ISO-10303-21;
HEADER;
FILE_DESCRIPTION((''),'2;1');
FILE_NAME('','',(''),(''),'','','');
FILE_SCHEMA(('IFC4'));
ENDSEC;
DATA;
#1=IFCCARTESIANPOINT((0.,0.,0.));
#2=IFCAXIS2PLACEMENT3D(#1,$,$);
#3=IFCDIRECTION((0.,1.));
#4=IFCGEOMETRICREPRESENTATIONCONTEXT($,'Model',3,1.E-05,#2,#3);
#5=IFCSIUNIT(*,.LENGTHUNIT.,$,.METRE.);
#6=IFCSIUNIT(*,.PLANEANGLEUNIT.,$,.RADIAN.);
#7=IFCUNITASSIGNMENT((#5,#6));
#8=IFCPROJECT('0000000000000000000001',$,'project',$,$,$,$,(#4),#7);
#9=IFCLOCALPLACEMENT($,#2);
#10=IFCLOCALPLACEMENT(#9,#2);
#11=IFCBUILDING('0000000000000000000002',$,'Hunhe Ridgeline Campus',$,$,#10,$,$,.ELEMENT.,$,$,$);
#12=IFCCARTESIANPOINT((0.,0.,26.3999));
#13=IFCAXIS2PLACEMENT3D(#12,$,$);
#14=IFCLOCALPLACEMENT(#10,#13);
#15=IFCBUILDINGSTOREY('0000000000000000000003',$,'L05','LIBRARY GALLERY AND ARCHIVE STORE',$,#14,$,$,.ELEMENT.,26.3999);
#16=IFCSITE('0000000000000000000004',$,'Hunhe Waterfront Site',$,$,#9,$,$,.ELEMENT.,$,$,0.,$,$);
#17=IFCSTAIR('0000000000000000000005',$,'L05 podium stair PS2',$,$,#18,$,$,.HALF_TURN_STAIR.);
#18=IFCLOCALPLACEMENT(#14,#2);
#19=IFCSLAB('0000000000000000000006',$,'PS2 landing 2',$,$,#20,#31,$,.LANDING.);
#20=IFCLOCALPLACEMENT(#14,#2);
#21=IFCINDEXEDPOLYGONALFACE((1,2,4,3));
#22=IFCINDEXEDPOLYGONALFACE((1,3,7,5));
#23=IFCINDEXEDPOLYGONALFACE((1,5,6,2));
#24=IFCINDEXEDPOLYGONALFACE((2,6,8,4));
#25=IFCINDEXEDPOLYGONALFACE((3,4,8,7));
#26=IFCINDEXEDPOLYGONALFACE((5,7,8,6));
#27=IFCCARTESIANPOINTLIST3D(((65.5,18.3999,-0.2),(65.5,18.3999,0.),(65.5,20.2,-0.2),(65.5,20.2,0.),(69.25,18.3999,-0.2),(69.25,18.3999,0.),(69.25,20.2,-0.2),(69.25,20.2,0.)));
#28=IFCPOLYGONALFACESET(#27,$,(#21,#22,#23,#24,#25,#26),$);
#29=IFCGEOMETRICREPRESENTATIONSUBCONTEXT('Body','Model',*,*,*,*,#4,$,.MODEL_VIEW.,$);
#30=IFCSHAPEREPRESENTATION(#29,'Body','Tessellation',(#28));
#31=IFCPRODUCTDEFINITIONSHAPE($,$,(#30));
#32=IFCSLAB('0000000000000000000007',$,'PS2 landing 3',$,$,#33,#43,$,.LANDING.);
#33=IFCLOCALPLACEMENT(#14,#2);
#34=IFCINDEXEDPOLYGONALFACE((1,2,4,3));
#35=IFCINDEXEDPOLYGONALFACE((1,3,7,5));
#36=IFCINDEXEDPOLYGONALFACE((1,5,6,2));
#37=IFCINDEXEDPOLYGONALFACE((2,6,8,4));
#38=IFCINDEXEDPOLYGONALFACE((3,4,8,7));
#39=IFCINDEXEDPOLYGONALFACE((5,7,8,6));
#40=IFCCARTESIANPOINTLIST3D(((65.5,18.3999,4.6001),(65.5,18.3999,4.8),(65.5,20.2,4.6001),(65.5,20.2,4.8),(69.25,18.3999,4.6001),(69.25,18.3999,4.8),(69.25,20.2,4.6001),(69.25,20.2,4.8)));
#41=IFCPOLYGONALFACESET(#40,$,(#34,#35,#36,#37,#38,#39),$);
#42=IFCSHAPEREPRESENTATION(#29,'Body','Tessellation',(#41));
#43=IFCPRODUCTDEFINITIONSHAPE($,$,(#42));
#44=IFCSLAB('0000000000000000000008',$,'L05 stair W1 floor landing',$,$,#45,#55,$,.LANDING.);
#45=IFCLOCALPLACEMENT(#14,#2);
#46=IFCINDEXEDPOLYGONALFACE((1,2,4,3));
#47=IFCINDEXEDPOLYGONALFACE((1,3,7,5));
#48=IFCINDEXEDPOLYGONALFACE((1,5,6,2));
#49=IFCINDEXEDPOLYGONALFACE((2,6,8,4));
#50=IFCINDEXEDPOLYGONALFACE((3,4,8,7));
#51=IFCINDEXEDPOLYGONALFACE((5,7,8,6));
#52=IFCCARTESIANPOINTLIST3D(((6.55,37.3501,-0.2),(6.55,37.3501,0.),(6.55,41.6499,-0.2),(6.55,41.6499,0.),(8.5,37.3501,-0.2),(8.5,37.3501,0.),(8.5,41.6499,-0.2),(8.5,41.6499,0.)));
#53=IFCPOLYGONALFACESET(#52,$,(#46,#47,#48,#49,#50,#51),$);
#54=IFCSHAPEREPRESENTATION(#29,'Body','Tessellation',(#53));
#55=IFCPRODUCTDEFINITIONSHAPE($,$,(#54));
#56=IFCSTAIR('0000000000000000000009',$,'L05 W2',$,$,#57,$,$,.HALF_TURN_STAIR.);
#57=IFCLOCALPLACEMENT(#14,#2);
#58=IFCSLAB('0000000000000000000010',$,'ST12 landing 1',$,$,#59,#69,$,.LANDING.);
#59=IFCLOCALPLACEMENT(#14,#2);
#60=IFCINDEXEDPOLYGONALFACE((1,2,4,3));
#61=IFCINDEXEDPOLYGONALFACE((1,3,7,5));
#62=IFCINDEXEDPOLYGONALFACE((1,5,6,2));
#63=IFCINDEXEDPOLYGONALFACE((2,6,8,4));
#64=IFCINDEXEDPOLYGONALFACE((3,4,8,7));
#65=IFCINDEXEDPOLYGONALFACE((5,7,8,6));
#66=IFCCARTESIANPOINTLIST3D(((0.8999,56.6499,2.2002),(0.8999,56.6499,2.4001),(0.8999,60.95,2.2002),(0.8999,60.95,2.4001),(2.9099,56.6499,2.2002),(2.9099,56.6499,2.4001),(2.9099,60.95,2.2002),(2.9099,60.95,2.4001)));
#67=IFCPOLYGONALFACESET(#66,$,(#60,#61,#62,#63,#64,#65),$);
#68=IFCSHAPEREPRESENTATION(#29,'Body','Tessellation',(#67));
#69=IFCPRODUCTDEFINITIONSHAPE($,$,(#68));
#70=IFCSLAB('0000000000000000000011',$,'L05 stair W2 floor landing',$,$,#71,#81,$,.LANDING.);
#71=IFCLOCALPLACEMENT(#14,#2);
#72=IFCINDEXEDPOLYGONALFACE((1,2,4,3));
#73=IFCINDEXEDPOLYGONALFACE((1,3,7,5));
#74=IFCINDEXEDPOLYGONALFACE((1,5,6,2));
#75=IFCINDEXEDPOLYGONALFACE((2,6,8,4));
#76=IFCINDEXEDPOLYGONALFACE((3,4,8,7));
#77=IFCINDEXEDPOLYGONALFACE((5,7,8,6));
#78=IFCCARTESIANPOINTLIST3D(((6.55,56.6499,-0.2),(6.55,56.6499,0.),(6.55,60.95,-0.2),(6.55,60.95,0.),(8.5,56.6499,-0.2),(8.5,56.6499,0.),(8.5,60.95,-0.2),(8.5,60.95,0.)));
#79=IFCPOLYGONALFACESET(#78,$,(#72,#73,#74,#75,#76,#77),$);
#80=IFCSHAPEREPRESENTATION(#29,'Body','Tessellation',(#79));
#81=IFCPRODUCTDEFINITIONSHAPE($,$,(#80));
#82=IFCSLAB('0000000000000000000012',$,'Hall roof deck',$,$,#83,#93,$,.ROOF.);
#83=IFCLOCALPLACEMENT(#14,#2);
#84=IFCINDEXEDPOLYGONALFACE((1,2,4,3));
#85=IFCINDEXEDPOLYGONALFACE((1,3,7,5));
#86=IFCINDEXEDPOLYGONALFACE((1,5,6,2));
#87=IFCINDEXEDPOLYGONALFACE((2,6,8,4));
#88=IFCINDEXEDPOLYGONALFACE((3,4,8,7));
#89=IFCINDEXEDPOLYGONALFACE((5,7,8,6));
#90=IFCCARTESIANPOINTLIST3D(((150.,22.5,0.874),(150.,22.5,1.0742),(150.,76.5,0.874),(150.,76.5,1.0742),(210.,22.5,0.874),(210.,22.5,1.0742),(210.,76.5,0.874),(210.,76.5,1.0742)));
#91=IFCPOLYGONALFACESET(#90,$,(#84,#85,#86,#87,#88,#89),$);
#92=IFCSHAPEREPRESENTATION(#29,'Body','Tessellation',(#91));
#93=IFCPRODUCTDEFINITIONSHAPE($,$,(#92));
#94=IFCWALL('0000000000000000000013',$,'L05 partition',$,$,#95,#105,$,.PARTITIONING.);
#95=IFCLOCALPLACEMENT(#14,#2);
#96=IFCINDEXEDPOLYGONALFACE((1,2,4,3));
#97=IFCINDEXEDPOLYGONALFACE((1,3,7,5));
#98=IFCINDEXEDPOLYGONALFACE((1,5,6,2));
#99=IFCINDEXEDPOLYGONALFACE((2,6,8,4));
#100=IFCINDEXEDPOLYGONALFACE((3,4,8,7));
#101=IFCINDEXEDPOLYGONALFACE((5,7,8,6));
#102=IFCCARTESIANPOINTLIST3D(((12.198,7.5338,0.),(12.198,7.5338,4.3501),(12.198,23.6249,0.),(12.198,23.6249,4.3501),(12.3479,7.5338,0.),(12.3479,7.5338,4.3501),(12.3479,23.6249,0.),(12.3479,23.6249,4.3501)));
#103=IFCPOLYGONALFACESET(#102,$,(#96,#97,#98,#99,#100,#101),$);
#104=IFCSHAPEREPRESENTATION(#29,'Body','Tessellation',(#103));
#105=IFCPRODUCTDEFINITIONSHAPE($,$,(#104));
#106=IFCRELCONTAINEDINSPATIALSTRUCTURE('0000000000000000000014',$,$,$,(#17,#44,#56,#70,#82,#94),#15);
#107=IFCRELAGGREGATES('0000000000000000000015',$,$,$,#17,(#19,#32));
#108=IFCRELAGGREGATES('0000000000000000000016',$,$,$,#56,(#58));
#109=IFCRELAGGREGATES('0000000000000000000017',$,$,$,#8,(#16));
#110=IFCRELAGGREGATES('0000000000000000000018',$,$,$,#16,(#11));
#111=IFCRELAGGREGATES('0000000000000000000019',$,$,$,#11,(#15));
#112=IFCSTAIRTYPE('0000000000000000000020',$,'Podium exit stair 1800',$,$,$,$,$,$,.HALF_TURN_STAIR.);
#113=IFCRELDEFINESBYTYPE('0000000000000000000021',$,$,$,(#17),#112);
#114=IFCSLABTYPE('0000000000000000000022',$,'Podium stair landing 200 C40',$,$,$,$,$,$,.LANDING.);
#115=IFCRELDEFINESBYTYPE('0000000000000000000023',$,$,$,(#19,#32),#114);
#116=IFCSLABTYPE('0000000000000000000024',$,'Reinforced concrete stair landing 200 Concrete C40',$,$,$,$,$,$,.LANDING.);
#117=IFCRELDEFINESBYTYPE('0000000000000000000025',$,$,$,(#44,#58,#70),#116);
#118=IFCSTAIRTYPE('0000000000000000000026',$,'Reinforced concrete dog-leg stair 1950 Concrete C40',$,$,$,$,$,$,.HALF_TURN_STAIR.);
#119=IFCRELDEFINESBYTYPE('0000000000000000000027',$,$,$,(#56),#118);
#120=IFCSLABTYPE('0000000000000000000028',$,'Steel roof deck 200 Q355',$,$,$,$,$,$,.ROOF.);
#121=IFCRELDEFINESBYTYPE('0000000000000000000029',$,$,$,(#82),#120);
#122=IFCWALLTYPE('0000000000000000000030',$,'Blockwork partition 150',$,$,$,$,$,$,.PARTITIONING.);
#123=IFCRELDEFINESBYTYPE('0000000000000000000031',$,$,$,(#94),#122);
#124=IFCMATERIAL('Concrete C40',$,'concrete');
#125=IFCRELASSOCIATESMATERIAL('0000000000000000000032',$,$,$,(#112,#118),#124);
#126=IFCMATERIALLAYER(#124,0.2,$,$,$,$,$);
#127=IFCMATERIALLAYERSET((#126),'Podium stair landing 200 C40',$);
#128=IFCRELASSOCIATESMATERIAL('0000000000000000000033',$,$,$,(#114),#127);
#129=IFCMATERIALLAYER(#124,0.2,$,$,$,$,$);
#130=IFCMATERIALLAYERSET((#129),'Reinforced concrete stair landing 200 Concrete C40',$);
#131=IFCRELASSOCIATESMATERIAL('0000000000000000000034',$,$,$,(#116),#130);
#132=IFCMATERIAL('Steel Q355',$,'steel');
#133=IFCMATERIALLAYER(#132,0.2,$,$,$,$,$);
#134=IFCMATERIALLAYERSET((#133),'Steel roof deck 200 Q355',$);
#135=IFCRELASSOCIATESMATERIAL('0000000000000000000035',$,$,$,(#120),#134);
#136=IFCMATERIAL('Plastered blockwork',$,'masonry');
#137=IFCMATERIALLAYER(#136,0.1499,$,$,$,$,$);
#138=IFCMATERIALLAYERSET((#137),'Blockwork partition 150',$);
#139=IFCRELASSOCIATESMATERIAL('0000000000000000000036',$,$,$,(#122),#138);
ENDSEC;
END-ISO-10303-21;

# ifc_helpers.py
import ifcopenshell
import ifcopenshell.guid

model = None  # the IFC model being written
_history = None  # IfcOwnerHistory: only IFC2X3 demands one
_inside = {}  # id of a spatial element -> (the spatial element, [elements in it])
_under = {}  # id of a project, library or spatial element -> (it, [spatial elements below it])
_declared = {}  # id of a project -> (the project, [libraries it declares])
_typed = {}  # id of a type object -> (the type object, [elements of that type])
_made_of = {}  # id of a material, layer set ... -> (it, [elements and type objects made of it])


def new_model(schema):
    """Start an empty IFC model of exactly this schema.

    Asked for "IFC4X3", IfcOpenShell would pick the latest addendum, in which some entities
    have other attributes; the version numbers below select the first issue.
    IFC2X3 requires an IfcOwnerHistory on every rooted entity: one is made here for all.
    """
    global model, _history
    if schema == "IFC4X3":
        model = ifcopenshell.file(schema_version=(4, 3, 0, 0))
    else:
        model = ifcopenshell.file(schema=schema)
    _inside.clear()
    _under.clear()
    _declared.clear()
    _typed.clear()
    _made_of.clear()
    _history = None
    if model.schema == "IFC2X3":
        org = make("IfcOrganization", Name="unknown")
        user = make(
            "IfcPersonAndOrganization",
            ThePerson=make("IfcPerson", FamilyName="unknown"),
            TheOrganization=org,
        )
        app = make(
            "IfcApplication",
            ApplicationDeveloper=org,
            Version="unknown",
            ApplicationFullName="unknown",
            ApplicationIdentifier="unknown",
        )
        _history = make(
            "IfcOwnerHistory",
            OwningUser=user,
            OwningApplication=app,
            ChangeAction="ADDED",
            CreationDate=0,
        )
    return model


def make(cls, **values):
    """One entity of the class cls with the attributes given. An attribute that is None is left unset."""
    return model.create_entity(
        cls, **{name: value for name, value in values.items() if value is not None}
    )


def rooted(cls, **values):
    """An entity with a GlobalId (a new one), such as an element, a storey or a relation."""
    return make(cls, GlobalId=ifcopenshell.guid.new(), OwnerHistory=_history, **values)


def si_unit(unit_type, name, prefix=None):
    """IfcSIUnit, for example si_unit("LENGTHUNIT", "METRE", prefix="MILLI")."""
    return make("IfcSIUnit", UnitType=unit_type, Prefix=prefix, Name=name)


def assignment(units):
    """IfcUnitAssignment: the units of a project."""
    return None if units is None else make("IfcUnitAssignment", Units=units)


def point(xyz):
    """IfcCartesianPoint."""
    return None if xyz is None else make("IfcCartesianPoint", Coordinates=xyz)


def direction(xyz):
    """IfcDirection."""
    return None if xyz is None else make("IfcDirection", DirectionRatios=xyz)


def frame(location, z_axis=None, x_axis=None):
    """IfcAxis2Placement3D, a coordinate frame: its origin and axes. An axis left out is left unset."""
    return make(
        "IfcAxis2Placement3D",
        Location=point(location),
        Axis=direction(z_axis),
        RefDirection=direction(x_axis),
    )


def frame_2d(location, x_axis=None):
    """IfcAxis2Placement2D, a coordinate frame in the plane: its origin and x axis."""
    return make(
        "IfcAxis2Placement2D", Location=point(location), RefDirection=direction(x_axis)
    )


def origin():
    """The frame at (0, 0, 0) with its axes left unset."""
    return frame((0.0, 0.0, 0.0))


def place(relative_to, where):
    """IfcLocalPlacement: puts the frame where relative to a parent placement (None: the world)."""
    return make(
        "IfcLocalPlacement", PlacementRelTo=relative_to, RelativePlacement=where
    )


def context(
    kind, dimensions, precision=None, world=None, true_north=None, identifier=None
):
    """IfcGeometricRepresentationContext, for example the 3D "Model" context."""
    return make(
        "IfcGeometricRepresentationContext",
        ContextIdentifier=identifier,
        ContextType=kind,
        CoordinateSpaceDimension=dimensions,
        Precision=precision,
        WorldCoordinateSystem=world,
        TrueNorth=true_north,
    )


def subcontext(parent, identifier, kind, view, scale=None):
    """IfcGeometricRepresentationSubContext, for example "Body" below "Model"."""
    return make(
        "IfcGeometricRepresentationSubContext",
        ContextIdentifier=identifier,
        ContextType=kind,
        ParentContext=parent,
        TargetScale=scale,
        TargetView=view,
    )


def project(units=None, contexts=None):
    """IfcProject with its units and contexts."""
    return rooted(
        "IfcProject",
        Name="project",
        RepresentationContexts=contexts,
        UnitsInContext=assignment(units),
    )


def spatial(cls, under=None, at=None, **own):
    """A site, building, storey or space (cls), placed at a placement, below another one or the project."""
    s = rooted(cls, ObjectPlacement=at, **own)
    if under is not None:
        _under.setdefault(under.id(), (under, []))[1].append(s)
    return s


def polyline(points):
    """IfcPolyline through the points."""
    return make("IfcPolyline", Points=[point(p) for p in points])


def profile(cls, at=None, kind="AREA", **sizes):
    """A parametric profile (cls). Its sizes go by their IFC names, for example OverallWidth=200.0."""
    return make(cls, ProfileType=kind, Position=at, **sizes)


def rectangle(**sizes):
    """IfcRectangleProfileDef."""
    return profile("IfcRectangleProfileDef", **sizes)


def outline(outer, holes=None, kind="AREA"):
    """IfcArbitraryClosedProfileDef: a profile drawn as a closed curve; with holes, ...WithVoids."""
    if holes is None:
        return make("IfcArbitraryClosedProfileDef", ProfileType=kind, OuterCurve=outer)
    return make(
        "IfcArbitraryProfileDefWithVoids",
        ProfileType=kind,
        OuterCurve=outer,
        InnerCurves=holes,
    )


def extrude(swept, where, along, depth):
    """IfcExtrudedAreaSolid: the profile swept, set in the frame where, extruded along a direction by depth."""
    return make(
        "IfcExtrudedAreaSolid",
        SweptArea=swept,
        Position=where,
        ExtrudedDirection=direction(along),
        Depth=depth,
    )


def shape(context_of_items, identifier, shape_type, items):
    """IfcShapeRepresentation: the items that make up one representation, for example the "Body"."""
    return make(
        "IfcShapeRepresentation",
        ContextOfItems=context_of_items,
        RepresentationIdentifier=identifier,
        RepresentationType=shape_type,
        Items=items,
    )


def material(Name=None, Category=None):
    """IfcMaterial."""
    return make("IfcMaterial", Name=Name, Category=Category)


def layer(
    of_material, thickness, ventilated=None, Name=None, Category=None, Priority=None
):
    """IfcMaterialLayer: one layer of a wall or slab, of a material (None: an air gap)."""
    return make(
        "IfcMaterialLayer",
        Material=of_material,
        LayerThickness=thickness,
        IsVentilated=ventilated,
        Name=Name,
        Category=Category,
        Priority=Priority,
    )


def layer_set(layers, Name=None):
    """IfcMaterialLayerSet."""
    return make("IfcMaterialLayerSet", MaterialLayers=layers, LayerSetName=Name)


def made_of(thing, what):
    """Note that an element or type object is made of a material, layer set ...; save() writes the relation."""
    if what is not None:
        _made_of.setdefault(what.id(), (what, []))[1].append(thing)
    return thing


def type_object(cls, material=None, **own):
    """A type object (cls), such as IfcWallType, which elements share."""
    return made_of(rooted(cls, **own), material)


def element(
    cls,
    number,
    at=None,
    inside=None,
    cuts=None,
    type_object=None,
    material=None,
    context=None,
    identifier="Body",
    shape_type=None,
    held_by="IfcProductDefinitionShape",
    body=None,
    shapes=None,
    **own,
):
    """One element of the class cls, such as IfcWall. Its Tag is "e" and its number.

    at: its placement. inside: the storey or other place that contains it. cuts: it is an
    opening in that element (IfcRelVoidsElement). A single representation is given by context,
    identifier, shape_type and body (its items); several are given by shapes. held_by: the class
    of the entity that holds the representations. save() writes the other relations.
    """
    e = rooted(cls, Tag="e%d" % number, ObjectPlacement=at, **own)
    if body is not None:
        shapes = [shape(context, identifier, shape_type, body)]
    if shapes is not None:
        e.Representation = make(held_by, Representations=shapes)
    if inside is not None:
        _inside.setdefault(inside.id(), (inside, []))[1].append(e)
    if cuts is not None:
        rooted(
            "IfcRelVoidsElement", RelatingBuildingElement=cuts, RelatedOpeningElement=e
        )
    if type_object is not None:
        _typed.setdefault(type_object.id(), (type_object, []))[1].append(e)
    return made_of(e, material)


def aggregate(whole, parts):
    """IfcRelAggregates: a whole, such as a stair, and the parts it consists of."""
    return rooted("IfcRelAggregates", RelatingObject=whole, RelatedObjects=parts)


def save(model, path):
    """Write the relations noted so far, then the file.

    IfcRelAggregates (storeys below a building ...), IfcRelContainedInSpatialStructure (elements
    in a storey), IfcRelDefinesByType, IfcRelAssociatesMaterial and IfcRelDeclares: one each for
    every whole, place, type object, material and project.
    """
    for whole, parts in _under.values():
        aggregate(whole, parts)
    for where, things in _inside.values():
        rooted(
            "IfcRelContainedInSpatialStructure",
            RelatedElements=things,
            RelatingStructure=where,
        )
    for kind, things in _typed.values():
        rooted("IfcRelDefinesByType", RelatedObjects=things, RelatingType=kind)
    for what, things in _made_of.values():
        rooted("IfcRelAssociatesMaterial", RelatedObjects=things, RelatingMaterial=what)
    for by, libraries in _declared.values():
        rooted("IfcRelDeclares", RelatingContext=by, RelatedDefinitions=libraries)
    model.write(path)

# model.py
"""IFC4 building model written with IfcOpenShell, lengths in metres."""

from ifc_helpers import new_model, si_unit, direction, frame, frame_2d, origin, place, context, subcontext, project, spatial, polyline, rectangle, outline, extrude, material, layer, layer_set, type_object, element, aggregate, save


model = new_model("IFC4")

# Units and contexts
model_context = context("Model", 3, precision=1e-05, world=origin(), true_north=direction((0.0, 1.0)))
body_context = subcontext(model_context, "Body", "Model", "MODEL_VIEW")
ifc_project = project(units=[si_unit("LENGTHUNIT", "METRE"), si_unit("PLANEANGLEUNIT", "RADIAN")], contexts=[model_context])

# Site, building, storey
site_placement = place(None, origin())
site = spatial("IfcSite", under=ifc_project, at=site_placement, Name="Hunhe Waterfront Site", CompositionType="ELEMENT", RefElevation=0.0)
building_placement = place(site_placement, origin())
building = spatial("IfcBuilding", under=site, at=building_placement, Name="Hunhe Ridgeline Campus", CompositionType="ELEMENT")
storey_placement = place(building_placement, frame((0.0, 0.0, 26.3999)))
storey = spatial("IfcBuildingStorey", under=building, at=storey_placement, Name="L05", Description="LIBRARY GALLERY AND ARCHIVE STORE", CompositionType="ELEMENT", Elevation=26.3999)

# Shared definitions
ifc_material_1 = material(Name="Concrete C40", Category="concrete")

# Stair, slabs
stair_type_1 = type_object("IfcStairType", Name="Podium exit stair 1800", PredefinedType="HALF_TURN_STAIR", material=ifc_material_1)
stair_1_placement = place(storey_placement, origin())
stair_1 = element("IfcStair", 1, at=stair_1_placement, inside=storey, type_object=stair_type_1, Name="L05 podium stair PS2", PredefinedType="HALF_TURN_STAIR")
ifc_layer_1 = layer(ifc_material_1, 0.2)
ifc_layer_set_1 = layer_set([ifc_layer_1], Name="Podium stair landing 200 C40")
slab_type_1 = type_object("IfcSlabType", Name="Podium stair landing 200 C40", PredefinedType="LANDING", material=ifc_layer_set_1)
slab_1_placement = place(storey_placement, frame((0.0, 0.0, -0.2)))
slab_1 = element("IfcSlab", 2, at=slab_1_placement, type_object=slab_type_1, Name="PS2 landing 2", PredefinedType="LANDING", context=body_context, shape_type="SweptSolid", body=[
    extrude(outline(polyline([(65.5, 18.3999), (69.25, 18.3999), (69.25, 20.2), (65.5, 20.2), (65.5, 18.3999)])), origin(), (0.0, 0.0, 1.0), 0.2),
])
slab_2_placement = place(storey_placement, frame((0.0, 0.0, 4.6001)))
slab_2 = element("IfcSlab", 3, at=slab_2_placement, type_object=slab_type_1, Name="PS2 landing 3", PredefinedType="LANDING", context=body_context, shape_type="SweptSolid", body=[
    extrude(outline(polyline([(65.5, 18.3999), (69.25, 18.3999), (69.25, 20.2), (65.5, 20.2), (65.5, 18.3999)])), origin(), (0.0, 0.0, 1.0), 0.2),
])
aggregate(stair_1, [slab_1, slab_2])

# Slab
ifc_layer_2 = layer(ifc_material_1, 0.2)
ifc_layer_set_2 = layer_set([ifc_layer_2], Name="Reinforced concrete stair landing 200 Concrete C40")
slab_type_2 = type_object("IfcSlabType", Name="Reinforced concrete stair landing 200 Concrete C40", PredefinedType="LANDING", material=ifc_layer_set_2)
slab_3_placement = place(storey_placement, frame((0.0, 0.0, -0.2)))
element("IfcSlab", 4, at=slab_3_placement, inside=storey, type_object=slab_type_2, Name="L05 stair W1 floor landing", PredefinedType="LANDING", context=body_context, shape_type="SweptSolid", body=[
    extrude(outline(polyline([(8.5, 41.6499), (6.55, 41.6499), (6.55, 37.3501), (8.5, 37.3501), (8.5, 41.6499)])), origin(), (0.0, 0.0, 1.0), 0.2),
])

# Stair, slab
stair_type_2 = type_object("IfcStairType", Name="Reinforced concrete dog-leg stair 1950 Concrete C40", PredefinedType="HALF_TURN_STAIR", material=ifc_material_1)
stair_2_placement = place(storey_placement, origin())
stair_2 = element("IfcStair", 5, at=stair_2_placement, inside=storey, type_object=stair_type_2, Name="L05 W2", PredefinedType="HALF_TURN_STAIR")
slab_4_placement = place(storey_placement, frame((0.0, 0.0, 2.2002)))
slab_4 = element("IfcSlab", 6, at=slab_4_placement, type_object=slab_type_2, Name="ST12 landing 1", PredefinedType="LANDING", context=body_context, shape_type="SweptSolid", body=[
    extrude(outline(polyline([(2.9099, 60.95), (0.8999, 60.95), (0.8999, 56.6499), (2.9099, 56.6499), (2.9099, 60.95)])), origin(), (0.0, 0.0, 1.0), 0.2),
])
aggregate(stair_2, [slab_4])

# Slabs
slab_5_placement = place(storey_placement, frame((0.0, 0.0, -0.2)))
element("IfcSlab", 7, at=slab_5_placement, inside=storey, type_object=slab_type_2, Name="L05 stair W2 floor landing", PredefinedType="LANDING", context=body_context, shape_type="SweptSolid", body=[
    extrude(outline(polyline([(8.5, 60.95), (6.55, 60.95), (6.55, 56.6499), (8.5, 56.6499), (8.5, 60.95)])), origin(), (0.0, 0.0, 1.0), 0.2),
])
ifc_material_2 = material(Name="Steel Q355", Category="steel")
ifc_layer_3 = layer(ifc_material_2, 0.2)
ifc_layer_set_3 = layer_set([ifc_layer_3], Name="Steel roof deck 200 Q355")
slab_type_3 = type_object("IfcSlabType", Name="Steel roof deck 200 Q355", PredefinedType="ROOF", material=ifc_layer_set_3)
slab_6_placement = place(storey_placement, frame((0.0, 0.0, 0.874)))
element("IfcSlab", 8, at=slab_6_placement, inside=storey, type_object=slab_type_3, Name="Hall roof deck", PredefinedType="ROOF", context=body_context, shape_type="SweptSolid", body=[
    extrude(outline(polyline([(210.0, 22.5), (210.0, 76.5), (150.0, 76.5), (150.0, 22.5), (210.0, 22.5)])), origin(), (0.0, 0.0, 1.0), 0.2002),
])

# Wall
ifc_material_3 = material(Name="Plastered blockwork", Category="masonry")
ifc_layer_4 = layer(ifc_material_3, 0.1499)
ifc_layer_set_4 = layer_set([ifc_layer_4], Name="Blockwork partition 150")
wall_type = type_object("IfcWallType", Name="Blockwork partition 150", PredefinedType="PARTITIONING", material=ifc_layer_set_4)
wall_placement = place(storey_placement, frame((12.2729, 7.5339, 0.0), z_axis=(0.0, 0.0, 1.0), x_axis=(0.0, 1.0, 0.0)))
element("IfcWall", 9, at=wall_placement, inside=storey, type_object=wall_type, Name="L05 partition", PredefinedType="PARTITIONING", context=body_context, shape_type="SweptSolid", body=[
    extrude(rectangle(XDim=16.0911, YDim=0.1499, at=frame_2d((8.0454, 0.0))), origin(), (0.0, 0.0, 1.0), 4.3501),
])

save(model, "model.ifc")
